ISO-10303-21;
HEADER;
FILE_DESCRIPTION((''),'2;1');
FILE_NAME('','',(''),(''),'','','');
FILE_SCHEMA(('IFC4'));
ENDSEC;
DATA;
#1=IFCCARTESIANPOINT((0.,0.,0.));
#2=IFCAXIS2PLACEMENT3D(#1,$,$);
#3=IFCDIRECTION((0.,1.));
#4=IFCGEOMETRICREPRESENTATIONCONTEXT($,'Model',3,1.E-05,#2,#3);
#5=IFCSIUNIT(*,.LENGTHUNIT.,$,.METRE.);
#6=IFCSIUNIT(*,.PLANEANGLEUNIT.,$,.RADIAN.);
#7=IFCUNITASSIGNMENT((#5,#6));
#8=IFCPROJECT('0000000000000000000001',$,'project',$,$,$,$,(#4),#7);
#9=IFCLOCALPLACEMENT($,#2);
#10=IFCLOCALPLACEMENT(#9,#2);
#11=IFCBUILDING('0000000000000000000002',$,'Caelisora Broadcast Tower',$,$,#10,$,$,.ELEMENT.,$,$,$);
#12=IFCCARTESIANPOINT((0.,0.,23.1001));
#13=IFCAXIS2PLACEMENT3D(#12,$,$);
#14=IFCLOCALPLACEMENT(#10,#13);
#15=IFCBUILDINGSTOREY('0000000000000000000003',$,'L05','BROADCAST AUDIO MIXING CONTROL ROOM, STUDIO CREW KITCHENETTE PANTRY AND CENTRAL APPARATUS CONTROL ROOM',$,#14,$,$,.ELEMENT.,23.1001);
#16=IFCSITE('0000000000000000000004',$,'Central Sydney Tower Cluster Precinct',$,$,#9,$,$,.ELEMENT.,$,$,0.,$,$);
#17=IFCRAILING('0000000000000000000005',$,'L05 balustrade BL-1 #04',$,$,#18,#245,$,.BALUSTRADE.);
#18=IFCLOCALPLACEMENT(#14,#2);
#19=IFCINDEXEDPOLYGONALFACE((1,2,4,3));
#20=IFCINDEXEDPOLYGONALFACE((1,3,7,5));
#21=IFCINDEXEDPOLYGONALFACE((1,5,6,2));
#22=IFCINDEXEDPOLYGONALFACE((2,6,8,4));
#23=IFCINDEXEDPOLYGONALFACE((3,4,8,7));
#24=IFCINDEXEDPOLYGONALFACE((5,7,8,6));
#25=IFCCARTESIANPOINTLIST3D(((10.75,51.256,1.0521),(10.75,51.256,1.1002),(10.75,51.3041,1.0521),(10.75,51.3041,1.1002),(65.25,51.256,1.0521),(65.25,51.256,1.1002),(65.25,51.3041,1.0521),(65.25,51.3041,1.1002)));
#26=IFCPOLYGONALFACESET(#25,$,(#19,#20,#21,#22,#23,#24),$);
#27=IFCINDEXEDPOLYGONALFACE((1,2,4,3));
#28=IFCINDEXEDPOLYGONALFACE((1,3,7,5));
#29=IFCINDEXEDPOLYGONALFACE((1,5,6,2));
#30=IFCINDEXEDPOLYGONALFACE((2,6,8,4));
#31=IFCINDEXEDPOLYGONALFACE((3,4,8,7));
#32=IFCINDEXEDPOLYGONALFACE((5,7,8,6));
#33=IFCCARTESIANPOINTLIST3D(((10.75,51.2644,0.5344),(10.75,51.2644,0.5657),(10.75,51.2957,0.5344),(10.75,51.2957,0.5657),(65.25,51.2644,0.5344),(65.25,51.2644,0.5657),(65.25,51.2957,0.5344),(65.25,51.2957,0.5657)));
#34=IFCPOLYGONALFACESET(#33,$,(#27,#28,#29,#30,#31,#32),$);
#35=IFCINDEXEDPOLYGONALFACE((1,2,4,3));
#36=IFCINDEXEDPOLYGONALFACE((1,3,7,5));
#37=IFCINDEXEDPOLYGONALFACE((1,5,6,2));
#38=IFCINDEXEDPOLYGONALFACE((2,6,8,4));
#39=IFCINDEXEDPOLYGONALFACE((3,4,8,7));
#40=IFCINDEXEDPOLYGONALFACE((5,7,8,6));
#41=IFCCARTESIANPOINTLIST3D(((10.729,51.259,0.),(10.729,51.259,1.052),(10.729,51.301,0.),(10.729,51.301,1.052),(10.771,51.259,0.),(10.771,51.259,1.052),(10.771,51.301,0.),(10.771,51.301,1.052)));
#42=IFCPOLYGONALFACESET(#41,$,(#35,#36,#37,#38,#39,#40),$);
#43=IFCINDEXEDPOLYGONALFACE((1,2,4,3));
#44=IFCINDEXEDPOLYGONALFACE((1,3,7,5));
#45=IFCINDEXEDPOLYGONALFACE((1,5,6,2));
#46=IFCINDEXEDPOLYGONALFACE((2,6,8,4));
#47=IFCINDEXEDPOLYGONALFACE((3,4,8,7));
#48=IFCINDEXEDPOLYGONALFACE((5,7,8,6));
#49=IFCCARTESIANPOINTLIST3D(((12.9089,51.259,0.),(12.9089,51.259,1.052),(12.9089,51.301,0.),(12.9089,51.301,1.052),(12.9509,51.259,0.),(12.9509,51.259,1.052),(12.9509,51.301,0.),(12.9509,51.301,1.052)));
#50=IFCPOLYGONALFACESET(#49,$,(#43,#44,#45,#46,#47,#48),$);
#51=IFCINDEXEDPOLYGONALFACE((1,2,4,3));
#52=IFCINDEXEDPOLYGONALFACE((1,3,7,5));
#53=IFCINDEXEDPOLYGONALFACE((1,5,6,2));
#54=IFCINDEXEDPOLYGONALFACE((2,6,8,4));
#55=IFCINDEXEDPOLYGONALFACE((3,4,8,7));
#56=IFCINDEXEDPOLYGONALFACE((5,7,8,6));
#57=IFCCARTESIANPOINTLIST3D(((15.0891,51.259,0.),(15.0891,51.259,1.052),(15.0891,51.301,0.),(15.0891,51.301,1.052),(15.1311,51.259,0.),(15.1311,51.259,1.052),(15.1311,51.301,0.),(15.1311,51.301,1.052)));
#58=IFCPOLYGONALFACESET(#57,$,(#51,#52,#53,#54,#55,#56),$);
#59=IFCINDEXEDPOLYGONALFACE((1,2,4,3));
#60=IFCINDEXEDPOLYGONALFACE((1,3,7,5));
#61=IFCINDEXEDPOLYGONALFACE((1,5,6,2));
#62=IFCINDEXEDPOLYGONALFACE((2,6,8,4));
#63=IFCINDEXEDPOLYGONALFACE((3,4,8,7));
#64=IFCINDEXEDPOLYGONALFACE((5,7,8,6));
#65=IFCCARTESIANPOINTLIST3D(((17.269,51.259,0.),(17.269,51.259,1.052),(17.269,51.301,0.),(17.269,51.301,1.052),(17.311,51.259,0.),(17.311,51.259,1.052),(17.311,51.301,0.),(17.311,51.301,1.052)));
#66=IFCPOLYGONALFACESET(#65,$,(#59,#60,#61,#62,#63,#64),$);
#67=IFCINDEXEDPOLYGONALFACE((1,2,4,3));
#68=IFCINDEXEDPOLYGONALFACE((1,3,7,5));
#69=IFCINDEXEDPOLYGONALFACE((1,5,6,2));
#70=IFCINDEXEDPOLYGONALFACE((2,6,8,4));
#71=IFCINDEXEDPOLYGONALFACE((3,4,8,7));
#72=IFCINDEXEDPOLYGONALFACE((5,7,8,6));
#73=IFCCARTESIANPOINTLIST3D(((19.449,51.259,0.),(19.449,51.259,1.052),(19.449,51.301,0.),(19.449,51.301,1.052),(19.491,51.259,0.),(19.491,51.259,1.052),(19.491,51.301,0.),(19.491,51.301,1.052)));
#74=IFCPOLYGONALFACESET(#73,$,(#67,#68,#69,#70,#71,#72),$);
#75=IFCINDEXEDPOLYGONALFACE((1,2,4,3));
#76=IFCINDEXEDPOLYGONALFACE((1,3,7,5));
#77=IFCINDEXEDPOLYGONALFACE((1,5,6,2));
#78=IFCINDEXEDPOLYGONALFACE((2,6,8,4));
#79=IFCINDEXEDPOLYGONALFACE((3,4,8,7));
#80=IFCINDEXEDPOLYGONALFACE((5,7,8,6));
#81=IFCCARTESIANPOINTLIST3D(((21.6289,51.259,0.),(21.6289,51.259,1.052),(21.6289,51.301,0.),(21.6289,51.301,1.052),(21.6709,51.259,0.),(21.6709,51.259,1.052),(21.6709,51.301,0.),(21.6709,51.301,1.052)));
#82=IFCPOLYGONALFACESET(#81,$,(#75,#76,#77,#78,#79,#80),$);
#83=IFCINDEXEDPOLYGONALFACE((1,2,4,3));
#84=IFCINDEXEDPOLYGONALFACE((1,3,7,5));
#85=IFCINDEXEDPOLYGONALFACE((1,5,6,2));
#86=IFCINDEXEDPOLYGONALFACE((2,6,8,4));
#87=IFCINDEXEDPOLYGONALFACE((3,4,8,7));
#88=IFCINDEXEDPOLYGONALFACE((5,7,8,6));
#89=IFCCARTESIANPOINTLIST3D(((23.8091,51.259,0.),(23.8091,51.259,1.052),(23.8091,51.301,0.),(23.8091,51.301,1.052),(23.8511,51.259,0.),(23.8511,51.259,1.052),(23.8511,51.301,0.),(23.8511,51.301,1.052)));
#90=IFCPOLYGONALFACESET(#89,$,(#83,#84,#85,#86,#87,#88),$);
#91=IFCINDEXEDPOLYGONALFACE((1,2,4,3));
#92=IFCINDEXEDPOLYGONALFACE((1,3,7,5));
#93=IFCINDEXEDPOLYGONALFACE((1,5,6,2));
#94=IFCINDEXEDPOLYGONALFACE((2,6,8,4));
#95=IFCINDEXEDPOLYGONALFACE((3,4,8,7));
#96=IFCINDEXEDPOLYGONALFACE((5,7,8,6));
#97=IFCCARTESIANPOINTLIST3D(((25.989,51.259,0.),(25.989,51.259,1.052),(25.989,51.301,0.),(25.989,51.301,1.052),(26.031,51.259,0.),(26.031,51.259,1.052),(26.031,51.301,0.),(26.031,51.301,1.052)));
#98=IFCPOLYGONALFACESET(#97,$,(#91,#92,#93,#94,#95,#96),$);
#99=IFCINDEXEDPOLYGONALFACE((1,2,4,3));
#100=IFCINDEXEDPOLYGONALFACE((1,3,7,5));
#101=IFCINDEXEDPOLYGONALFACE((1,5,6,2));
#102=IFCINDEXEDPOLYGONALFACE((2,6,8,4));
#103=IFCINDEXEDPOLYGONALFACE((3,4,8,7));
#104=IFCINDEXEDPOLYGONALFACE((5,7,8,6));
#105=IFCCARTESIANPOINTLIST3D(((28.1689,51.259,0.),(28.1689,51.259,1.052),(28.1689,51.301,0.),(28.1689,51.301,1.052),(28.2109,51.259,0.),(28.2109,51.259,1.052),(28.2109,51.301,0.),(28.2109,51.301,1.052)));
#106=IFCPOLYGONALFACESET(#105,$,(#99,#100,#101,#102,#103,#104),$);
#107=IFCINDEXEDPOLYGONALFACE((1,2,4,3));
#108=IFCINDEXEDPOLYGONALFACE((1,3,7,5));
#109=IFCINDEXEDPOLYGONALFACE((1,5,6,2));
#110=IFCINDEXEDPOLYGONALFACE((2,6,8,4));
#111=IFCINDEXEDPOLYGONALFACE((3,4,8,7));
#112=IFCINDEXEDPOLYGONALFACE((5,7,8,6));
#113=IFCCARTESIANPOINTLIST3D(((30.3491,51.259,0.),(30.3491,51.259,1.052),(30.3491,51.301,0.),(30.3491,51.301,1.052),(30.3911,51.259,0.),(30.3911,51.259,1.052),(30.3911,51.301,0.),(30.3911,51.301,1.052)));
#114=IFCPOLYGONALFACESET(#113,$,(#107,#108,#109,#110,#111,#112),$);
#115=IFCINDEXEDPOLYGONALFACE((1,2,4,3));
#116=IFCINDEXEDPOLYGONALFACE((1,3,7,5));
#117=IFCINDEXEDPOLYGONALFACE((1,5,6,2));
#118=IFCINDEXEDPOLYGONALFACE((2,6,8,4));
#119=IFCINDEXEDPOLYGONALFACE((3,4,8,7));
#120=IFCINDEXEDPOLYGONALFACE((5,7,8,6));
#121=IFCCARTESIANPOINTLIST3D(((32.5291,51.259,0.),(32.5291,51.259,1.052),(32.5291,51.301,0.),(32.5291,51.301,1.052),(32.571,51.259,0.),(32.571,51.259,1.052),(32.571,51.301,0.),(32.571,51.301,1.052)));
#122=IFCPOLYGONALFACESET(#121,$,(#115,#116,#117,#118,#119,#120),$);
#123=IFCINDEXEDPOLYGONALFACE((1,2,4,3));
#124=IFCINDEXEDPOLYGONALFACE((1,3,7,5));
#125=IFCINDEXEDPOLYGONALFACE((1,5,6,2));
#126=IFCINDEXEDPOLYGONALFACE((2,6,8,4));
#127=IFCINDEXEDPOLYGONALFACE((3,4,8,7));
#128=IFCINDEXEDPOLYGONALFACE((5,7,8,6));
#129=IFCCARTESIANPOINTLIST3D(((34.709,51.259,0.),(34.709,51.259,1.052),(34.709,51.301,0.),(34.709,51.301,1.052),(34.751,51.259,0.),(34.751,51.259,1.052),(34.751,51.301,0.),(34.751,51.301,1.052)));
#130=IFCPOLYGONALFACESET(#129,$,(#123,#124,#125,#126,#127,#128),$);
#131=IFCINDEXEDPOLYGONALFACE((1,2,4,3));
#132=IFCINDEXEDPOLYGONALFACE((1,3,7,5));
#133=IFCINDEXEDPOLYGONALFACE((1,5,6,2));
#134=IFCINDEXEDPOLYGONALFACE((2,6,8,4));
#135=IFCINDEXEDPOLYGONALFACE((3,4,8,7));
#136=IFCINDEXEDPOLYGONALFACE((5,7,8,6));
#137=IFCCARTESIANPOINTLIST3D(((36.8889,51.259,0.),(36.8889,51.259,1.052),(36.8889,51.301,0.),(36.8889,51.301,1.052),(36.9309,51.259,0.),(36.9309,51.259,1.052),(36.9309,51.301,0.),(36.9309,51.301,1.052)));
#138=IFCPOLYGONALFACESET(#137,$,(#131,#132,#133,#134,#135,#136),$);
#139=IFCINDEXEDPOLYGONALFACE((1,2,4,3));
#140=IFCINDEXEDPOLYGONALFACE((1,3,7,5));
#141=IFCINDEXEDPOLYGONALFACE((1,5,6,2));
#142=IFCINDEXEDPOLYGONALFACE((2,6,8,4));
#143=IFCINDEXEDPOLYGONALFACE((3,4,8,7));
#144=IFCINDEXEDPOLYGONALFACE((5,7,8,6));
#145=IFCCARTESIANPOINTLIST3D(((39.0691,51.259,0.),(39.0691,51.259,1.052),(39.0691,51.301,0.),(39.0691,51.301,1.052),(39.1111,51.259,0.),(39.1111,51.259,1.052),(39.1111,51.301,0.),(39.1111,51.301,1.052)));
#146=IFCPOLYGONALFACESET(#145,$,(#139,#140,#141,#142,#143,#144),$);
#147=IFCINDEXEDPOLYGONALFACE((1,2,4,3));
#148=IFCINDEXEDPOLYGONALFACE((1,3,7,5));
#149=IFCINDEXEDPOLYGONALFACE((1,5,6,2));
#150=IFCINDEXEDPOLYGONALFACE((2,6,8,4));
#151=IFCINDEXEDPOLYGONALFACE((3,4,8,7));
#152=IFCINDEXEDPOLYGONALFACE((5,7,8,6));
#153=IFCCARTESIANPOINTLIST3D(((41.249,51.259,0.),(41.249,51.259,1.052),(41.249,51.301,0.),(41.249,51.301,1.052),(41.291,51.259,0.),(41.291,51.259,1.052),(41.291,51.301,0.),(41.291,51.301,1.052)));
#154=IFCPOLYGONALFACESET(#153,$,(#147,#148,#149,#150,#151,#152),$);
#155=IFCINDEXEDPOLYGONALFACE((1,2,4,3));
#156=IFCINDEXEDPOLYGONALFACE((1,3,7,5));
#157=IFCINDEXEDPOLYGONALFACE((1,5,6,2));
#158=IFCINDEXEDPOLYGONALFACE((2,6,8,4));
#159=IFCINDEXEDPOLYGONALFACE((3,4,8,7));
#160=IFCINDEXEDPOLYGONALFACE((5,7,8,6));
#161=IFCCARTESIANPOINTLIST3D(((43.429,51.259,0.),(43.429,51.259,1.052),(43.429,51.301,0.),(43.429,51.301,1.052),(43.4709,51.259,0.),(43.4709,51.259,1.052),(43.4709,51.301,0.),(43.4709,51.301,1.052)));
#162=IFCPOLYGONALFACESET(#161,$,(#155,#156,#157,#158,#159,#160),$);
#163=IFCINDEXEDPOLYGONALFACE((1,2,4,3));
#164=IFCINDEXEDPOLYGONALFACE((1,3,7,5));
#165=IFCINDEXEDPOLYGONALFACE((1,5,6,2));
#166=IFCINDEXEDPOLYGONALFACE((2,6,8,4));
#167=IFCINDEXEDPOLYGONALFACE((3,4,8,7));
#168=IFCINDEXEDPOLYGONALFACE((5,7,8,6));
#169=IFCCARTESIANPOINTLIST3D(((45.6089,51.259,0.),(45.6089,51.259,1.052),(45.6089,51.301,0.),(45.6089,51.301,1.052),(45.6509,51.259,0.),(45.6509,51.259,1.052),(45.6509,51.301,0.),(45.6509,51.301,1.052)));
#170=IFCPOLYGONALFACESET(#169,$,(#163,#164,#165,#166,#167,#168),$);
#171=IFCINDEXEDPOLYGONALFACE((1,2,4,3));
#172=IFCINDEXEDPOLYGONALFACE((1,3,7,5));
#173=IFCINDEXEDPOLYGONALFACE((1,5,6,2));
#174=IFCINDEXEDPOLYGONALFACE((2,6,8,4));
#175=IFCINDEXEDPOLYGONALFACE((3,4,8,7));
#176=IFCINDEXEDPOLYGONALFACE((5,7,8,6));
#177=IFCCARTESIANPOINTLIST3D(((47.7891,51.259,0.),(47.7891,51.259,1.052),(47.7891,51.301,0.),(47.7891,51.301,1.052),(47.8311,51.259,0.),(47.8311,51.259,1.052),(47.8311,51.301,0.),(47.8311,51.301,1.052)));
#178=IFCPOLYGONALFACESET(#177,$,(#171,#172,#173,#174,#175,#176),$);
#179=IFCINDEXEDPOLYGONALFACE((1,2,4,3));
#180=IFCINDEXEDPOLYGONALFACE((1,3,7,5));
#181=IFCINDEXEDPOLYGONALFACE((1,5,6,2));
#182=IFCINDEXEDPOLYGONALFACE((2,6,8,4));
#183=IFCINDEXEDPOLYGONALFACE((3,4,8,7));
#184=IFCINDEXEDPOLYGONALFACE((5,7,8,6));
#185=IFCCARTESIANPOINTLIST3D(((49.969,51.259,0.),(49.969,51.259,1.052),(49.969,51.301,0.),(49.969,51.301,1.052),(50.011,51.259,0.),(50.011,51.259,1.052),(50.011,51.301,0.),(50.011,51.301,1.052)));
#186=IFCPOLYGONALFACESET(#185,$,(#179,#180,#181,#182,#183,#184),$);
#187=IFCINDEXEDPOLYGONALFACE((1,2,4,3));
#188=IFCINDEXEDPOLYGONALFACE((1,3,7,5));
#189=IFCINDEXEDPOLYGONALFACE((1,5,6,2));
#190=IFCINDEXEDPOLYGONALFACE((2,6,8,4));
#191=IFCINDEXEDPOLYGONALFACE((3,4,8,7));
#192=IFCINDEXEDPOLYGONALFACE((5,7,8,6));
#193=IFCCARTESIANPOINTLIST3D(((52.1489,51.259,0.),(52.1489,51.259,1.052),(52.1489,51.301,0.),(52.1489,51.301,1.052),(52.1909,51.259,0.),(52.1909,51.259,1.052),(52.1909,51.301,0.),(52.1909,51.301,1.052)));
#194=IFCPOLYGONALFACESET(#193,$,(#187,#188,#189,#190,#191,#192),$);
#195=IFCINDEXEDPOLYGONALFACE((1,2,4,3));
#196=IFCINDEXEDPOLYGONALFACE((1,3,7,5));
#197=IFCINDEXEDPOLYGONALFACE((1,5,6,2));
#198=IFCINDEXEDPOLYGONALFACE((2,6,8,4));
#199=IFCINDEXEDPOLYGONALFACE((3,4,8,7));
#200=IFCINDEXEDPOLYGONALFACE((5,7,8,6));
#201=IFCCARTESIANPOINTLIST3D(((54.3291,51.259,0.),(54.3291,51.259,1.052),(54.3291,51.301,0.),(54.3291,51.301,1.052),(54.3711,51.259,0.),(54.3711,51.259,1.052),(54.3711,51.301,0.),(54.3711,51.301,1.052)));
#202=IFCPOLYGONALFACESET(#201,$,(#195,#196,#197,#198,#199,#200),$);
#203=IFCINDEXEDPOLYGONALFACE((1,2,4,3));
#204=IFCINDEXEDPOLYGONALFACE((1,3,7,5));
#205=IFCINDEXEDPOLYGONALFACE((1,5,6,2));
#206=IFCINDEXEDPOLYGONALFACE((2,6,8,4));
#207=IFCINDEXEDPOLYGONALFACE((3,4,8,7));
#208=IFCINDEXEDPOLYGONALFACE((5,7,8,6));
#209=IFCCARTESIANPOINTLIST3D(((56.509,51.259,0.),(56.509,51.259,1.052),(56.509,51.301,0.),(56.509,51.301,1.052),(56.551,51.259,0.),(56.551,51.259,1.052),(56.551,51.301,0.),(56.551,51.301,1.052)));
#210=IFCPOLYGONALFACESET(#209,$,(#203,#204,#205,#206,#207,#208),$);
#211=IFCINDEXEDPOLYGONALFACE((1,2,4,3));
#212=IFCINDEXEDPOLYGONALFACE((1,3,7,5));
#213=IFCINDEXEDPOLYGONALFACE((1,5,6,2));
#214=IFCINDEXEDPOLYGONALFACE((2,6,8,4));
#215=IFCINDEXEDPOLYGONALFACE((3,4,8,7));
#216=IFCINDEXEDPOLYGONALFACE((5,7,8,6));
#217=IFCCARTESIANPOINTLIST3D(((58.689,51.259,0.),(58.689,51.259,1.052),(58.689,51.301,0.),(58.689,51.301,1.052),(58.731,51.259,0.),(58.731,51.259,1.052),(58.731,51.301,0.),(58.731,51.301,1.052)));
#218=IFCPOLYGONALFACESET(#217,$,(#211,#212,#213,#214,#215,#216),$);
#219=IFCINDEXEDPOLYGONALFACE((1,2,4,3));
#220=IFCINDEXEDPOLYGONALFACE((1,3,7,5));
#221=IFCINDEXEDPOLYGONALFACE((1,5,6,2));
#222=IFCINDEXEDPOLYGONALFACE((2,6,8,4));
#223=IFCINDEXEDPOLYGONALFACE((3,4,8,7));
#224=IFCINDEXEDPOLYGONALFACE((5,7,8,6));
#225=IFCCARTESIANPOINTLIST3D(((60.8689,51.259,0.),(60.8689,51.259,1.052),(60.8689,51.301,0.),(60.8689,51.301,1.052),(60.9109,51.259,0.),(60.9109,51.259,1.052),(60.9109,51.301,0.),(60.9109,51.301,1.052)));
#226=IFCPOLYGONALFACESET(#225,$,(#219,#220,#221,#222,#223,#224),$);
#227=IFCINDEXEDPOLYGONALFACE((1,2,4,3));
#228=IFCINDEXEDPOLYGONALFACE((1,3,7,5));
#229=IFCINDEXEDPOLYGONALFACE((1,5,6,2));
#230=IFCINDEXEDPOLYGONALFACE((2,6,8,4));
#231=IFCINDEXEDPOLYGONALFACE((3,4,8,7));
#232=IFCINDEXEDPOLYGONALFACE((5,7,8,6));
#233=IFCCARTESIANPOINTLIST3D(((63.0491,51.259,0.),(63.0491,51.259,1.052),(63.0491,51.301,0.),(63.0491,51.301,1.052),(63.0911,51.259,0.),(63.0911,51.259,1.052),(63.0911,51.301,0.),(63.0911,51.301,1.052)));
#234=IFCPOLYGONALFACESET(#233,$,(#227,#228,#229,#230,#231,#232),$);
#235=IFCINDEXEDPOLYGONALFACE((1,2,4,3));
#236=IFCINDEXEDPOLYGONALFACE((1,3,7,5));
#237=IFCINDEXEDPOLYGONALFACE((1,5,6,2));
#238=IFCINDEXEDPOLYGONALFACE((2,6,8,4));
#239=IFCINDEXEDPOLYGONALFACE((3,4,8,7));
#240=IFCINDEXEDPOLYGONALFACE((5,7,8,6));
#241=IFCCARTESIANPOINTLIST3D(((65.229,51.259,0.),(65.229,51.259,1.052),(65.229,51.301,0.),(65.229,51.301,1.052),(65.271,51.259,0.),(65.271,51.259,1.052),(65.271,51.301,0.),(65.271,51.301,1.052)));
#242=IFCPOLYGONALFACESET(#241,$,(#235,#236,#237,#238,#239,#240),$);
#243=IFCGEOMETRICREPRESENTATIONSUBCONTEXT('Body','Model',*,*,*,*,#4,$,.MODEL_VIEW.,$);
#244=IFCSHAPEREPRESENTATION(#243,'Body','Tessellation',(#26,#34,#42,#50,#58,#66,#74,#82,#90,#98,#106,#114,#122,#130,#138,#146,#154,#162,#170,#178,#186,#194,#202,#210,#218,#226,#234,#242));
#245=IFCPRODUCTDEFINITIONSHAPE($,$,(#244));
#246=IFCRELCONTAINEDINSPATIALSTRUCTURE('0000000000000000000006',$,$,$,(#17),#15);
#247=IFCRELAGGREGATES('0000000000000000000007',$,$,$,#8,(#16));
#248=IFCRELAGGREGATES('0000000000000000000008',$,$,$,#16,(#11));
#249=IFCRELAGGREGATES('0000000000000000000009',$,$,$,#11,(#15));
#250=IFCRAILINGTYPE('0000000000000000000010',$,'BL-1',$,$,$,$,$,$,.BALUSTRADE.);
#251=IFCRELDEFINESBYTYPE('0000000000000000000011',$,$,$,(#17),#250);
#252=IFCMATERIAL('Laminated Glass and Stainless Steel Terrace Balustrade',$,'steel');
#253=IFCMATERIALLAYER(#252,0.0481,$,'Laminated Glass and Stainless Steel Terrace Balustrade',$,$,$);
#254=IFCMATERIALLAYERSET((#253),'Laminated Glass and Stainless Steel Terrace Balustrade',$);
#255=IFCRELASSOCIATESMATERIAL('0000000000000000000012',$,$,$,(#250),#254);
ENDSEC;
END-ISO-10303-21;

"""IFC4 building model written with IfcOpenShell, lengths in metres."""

from ifc_helpers import new_model, si_unit, direction, frame, origin, origin_2d, place, context, subcontext, project, spatial, rectangle, extrude, material, layer, layer_set, type_object, element, save


model = new_model("IFC4")

# Units and contexts
model_context = context("Model", 3, precision=1e-05, world=origin(), true_north=direction((0.0, 1.0)))
body_context = subcontext(model_context, "Body", "Model", "MODEL_VIEW")
ifc_project = project(units=[si_unit("LENGTHUNIT", "METRE"), si_unit("PLANEANGLEUNIT", "RADIAN")], contexts=[model_context])

# Site, building, storey
site_placement = place(None, origin())
site = spatial("IfcSite", under=ifc_project, at=site_placement, Name="Central Sydney Tower Cluster Precinct", CompositionType="ELEMENT", RefElevation=0.0)
building_placement = place(site_placement, origin())
building = spatial("IfcBuilding", under=site, at=building_placement, Name="Caelisora Broadcast Tower", CompositionType="ELEMENT")
storey_placement = place(building_placement, frame((0.0, 0.0, 23.1001)))
storey = spatial("IfcBuildingStorey", under=building, at=storey_placement, Name="L05", Description="BROADCAST AUDIO MIXING CONTROL ROOM, STUDIO CREW KITCHENETTE PANTRY AND CENTRAL APPARATUS CONTROL ROOM", CompositionType="ELEMENT", Elevation=23.1001)

# Railing
ifc_material_1 = material(Name="Laminated Glass and Stainless Steel Terrace Balustrade", Category="steel")
ifc_layer_1 = layer(ifc_material_1, 0.0481, Name="Laminated Glass and Stainless Steel Terrace Balustrade")
ifc_layer_set_1 = layer_set([ifc_layer_1], Name="Laminated Glass and Stainless Steel Terrace Balustrade")
railing_type = type_object("IfcRailingType", Name="BL-1", PredefinedType="BALUSTRADE", material=ifc_layer_set_1)
railing_1_placement = place(storey_placement, frame((10.75, 51.28, 0.0)))
element("IfcRailing", 1, at=railing_1_placement, inside=storey, type_object=railing_type, Name="L05 balustrade BL-1 #04", PredefinedType="BALUSTRADE", context=body_context, shape_type="SweptSolid", body=[
    extrude(rectangle(XDim=0.0481, YDim=0.0481, at=origin_2d()), frame((0.0, 0.0, 1.0762), z_axis=(1.0, 0.0, 0.0), x_axis=(0.0, 1.0, 0.0)), (0.0, 0.0, 1.0), 54.5),
    extrude(rectangle(XDim=0.0312, YDim=0.0312, at=origin_2d()), frame((0.0, 0.0, 0.55), z_axis=(1.0, 0.0, 0.0), x_axis=(0.0, 1.0, 0.0)), (0.0, 0.0, 1.0), 54.5),
    extrude(rectangle(XDim=0.042, YDim=0.042, at=origin_2d()), origin(), (0.0, 0.0, 1.0), 1.052),
    extrude(rectangle(XDim=0.042, YDim=0.042, at=origin_2d()), frame((2.1799, 0.0, 0.0)), (0.0, 0.0, 1.0), 1.052),
    extrude(rectangle(XDim=0.042, YDim=0.042, at=origin_2d()), frame((4.3601, 0.0, 0.0)), (0.0, 0.0, 1.0), 1.052),
    extrude(rectangle(XDim=0.042, YDim=0.042, at=origin_2d()), frame((6.54, 0.0, 0.0)), (0.0, 0.0, 1.0), 1.052),
    extrude(rectangle(XDim=0.042, YDim=0.042, at=origin_2d()), frame((8.72, 0.0, 0.0)), (0.0, 0.0, 1.0), 1.052),
    extrude(rectangle(XDim=0.042, YDim=0.042, at=origin_2d()), frame((10.8999, 0.0, 0.0)), (0.0, 0.0, 1.0), 1.052),
    extrude(rectangle(XDim=0.042, YDim=0.042, at=origin_2d()), frame((13.0801, 0.0, 0.0)), (0.0, 0.0, 1.0), 1.052),
    extrude(rectangle(XDim=0.042, YDim=0.042, at=origin_2d()), frame((15.26, 0.0, 0.0)), (0.0, 0.0, 1.0), 1.052),
    extrude(rectangle(XDim=0.042, YDim=0.042, at=origin_2d()), frame((17.4399, 0.0, 0.0)), (0.0, 0.0, 1.0), 1.052),
    extrude(rectangle(XDim=0.042, YDim=0.042, at=origin_2d()), frame((19.6201, 0.0, 0.0)), (0.0, 0.0, 1.0), 1.052),
    extrude(rectangle(XDim=0.042, YDim=0.042, at=origin_2d()), frame((21.8, 0.0, 0.0)), (0.0, 0.0, 1.0), 1.052),
    extrude(rectangle(XDim=0.042, YDim=0.042, at=origin_2d()), frame((23.98, 0.0, 0.0)), (0.0, 0.0, 1.0), 1.052),
    extrude(rectangle(XDim=0.042, YDim=0.042, at=origin_2d()), frame((26.1599, 0.0, 0.0)), (0.0, 0.0, 1.0), 1.052),
    extrude(rectangle(XDim=0.042, YDim=0.042, at=origin_2d()), frame((28.3401, 0.0, 0.0)), (0.0, 0.0, 1.0), 1.052),
    extrude(rectangle(XDim=0.042, YDim=0.042, at=origin_2d()), frame((30.52, 0.0, 0.0)), (0.0, 0.0, 1.0), 1.052),
    extrude(rectangle(XDim=0.042, YDim=0.042, at=origin_2d()), frame((32.7, 0.0, 0.0)), (0.0, 0.0, 1.0), 1.052),
    extrude(rectangle(XDim=0.042, YDim=0.042, at=origin_2d()), frame((34.8799, 0.0, 0.0)), (0.0, 0.0, 1.0), 1.052),
    extrude(rectangle(XDim=0.042, YDim=0.042, at=origin_2d()), frame((37.0601, 0.0, 0.0)), (0.0, 0.0, 1.0), 1.052),
    extrude(rectangle(XDim=0.042, YDim=0.042, at=origin_2d()), frame((39.24, 0.0, 0.0)), (0.0, 0.0, 1.0), 1.052),
    extrude(rectangle(XDim=0.042, YDim=0.042, at=origin_2d()), frame((41.4199, 0.0, 0.0)), (0.0, 0.0, 1.0), 1.052),
    extrude(rectangle(XDim=0.042, YDim=0.042, at=origin_2d()), frame((43.6001, 0.0, 0.0)), (0.0, 0.0, 1.0), 1.052),
    extrude(rectangle(XDim=0.042, YDim=0.042, at=origin_2d()), frame((45.78, 0.0, 0.0)), (0.0, 0.0, 1.0), 1.052),
    extrude(rectangle(XDim=0.042, YDim=0.042, at=origin_2d()), frame((47.96, 0.0, 0.0)), (0.0, 0.0, 1.0), 1.052),
    extrude(rectangle(XDim=0.042, YDim=0.042, at=origin_2d()), frame((50.1399, 0.0, 0.0)), (0.0, 0.0, 1.0), 1.052),
    extrude(rectangle(XDim=0.042, YDim=0.042, at=origin_2d()), frame((52.3201, 0.0, 0.0)), (0.0, 0.0, 1.0), 1.052),
    extrude(rectangle(XDim=0.042, YDim=0.042, at=origin_2d()), frame((54.5, 0.0, 0.0)), (0.0, 0.0, 1.0), 1.052),
])

save(model, "model.ifc")
